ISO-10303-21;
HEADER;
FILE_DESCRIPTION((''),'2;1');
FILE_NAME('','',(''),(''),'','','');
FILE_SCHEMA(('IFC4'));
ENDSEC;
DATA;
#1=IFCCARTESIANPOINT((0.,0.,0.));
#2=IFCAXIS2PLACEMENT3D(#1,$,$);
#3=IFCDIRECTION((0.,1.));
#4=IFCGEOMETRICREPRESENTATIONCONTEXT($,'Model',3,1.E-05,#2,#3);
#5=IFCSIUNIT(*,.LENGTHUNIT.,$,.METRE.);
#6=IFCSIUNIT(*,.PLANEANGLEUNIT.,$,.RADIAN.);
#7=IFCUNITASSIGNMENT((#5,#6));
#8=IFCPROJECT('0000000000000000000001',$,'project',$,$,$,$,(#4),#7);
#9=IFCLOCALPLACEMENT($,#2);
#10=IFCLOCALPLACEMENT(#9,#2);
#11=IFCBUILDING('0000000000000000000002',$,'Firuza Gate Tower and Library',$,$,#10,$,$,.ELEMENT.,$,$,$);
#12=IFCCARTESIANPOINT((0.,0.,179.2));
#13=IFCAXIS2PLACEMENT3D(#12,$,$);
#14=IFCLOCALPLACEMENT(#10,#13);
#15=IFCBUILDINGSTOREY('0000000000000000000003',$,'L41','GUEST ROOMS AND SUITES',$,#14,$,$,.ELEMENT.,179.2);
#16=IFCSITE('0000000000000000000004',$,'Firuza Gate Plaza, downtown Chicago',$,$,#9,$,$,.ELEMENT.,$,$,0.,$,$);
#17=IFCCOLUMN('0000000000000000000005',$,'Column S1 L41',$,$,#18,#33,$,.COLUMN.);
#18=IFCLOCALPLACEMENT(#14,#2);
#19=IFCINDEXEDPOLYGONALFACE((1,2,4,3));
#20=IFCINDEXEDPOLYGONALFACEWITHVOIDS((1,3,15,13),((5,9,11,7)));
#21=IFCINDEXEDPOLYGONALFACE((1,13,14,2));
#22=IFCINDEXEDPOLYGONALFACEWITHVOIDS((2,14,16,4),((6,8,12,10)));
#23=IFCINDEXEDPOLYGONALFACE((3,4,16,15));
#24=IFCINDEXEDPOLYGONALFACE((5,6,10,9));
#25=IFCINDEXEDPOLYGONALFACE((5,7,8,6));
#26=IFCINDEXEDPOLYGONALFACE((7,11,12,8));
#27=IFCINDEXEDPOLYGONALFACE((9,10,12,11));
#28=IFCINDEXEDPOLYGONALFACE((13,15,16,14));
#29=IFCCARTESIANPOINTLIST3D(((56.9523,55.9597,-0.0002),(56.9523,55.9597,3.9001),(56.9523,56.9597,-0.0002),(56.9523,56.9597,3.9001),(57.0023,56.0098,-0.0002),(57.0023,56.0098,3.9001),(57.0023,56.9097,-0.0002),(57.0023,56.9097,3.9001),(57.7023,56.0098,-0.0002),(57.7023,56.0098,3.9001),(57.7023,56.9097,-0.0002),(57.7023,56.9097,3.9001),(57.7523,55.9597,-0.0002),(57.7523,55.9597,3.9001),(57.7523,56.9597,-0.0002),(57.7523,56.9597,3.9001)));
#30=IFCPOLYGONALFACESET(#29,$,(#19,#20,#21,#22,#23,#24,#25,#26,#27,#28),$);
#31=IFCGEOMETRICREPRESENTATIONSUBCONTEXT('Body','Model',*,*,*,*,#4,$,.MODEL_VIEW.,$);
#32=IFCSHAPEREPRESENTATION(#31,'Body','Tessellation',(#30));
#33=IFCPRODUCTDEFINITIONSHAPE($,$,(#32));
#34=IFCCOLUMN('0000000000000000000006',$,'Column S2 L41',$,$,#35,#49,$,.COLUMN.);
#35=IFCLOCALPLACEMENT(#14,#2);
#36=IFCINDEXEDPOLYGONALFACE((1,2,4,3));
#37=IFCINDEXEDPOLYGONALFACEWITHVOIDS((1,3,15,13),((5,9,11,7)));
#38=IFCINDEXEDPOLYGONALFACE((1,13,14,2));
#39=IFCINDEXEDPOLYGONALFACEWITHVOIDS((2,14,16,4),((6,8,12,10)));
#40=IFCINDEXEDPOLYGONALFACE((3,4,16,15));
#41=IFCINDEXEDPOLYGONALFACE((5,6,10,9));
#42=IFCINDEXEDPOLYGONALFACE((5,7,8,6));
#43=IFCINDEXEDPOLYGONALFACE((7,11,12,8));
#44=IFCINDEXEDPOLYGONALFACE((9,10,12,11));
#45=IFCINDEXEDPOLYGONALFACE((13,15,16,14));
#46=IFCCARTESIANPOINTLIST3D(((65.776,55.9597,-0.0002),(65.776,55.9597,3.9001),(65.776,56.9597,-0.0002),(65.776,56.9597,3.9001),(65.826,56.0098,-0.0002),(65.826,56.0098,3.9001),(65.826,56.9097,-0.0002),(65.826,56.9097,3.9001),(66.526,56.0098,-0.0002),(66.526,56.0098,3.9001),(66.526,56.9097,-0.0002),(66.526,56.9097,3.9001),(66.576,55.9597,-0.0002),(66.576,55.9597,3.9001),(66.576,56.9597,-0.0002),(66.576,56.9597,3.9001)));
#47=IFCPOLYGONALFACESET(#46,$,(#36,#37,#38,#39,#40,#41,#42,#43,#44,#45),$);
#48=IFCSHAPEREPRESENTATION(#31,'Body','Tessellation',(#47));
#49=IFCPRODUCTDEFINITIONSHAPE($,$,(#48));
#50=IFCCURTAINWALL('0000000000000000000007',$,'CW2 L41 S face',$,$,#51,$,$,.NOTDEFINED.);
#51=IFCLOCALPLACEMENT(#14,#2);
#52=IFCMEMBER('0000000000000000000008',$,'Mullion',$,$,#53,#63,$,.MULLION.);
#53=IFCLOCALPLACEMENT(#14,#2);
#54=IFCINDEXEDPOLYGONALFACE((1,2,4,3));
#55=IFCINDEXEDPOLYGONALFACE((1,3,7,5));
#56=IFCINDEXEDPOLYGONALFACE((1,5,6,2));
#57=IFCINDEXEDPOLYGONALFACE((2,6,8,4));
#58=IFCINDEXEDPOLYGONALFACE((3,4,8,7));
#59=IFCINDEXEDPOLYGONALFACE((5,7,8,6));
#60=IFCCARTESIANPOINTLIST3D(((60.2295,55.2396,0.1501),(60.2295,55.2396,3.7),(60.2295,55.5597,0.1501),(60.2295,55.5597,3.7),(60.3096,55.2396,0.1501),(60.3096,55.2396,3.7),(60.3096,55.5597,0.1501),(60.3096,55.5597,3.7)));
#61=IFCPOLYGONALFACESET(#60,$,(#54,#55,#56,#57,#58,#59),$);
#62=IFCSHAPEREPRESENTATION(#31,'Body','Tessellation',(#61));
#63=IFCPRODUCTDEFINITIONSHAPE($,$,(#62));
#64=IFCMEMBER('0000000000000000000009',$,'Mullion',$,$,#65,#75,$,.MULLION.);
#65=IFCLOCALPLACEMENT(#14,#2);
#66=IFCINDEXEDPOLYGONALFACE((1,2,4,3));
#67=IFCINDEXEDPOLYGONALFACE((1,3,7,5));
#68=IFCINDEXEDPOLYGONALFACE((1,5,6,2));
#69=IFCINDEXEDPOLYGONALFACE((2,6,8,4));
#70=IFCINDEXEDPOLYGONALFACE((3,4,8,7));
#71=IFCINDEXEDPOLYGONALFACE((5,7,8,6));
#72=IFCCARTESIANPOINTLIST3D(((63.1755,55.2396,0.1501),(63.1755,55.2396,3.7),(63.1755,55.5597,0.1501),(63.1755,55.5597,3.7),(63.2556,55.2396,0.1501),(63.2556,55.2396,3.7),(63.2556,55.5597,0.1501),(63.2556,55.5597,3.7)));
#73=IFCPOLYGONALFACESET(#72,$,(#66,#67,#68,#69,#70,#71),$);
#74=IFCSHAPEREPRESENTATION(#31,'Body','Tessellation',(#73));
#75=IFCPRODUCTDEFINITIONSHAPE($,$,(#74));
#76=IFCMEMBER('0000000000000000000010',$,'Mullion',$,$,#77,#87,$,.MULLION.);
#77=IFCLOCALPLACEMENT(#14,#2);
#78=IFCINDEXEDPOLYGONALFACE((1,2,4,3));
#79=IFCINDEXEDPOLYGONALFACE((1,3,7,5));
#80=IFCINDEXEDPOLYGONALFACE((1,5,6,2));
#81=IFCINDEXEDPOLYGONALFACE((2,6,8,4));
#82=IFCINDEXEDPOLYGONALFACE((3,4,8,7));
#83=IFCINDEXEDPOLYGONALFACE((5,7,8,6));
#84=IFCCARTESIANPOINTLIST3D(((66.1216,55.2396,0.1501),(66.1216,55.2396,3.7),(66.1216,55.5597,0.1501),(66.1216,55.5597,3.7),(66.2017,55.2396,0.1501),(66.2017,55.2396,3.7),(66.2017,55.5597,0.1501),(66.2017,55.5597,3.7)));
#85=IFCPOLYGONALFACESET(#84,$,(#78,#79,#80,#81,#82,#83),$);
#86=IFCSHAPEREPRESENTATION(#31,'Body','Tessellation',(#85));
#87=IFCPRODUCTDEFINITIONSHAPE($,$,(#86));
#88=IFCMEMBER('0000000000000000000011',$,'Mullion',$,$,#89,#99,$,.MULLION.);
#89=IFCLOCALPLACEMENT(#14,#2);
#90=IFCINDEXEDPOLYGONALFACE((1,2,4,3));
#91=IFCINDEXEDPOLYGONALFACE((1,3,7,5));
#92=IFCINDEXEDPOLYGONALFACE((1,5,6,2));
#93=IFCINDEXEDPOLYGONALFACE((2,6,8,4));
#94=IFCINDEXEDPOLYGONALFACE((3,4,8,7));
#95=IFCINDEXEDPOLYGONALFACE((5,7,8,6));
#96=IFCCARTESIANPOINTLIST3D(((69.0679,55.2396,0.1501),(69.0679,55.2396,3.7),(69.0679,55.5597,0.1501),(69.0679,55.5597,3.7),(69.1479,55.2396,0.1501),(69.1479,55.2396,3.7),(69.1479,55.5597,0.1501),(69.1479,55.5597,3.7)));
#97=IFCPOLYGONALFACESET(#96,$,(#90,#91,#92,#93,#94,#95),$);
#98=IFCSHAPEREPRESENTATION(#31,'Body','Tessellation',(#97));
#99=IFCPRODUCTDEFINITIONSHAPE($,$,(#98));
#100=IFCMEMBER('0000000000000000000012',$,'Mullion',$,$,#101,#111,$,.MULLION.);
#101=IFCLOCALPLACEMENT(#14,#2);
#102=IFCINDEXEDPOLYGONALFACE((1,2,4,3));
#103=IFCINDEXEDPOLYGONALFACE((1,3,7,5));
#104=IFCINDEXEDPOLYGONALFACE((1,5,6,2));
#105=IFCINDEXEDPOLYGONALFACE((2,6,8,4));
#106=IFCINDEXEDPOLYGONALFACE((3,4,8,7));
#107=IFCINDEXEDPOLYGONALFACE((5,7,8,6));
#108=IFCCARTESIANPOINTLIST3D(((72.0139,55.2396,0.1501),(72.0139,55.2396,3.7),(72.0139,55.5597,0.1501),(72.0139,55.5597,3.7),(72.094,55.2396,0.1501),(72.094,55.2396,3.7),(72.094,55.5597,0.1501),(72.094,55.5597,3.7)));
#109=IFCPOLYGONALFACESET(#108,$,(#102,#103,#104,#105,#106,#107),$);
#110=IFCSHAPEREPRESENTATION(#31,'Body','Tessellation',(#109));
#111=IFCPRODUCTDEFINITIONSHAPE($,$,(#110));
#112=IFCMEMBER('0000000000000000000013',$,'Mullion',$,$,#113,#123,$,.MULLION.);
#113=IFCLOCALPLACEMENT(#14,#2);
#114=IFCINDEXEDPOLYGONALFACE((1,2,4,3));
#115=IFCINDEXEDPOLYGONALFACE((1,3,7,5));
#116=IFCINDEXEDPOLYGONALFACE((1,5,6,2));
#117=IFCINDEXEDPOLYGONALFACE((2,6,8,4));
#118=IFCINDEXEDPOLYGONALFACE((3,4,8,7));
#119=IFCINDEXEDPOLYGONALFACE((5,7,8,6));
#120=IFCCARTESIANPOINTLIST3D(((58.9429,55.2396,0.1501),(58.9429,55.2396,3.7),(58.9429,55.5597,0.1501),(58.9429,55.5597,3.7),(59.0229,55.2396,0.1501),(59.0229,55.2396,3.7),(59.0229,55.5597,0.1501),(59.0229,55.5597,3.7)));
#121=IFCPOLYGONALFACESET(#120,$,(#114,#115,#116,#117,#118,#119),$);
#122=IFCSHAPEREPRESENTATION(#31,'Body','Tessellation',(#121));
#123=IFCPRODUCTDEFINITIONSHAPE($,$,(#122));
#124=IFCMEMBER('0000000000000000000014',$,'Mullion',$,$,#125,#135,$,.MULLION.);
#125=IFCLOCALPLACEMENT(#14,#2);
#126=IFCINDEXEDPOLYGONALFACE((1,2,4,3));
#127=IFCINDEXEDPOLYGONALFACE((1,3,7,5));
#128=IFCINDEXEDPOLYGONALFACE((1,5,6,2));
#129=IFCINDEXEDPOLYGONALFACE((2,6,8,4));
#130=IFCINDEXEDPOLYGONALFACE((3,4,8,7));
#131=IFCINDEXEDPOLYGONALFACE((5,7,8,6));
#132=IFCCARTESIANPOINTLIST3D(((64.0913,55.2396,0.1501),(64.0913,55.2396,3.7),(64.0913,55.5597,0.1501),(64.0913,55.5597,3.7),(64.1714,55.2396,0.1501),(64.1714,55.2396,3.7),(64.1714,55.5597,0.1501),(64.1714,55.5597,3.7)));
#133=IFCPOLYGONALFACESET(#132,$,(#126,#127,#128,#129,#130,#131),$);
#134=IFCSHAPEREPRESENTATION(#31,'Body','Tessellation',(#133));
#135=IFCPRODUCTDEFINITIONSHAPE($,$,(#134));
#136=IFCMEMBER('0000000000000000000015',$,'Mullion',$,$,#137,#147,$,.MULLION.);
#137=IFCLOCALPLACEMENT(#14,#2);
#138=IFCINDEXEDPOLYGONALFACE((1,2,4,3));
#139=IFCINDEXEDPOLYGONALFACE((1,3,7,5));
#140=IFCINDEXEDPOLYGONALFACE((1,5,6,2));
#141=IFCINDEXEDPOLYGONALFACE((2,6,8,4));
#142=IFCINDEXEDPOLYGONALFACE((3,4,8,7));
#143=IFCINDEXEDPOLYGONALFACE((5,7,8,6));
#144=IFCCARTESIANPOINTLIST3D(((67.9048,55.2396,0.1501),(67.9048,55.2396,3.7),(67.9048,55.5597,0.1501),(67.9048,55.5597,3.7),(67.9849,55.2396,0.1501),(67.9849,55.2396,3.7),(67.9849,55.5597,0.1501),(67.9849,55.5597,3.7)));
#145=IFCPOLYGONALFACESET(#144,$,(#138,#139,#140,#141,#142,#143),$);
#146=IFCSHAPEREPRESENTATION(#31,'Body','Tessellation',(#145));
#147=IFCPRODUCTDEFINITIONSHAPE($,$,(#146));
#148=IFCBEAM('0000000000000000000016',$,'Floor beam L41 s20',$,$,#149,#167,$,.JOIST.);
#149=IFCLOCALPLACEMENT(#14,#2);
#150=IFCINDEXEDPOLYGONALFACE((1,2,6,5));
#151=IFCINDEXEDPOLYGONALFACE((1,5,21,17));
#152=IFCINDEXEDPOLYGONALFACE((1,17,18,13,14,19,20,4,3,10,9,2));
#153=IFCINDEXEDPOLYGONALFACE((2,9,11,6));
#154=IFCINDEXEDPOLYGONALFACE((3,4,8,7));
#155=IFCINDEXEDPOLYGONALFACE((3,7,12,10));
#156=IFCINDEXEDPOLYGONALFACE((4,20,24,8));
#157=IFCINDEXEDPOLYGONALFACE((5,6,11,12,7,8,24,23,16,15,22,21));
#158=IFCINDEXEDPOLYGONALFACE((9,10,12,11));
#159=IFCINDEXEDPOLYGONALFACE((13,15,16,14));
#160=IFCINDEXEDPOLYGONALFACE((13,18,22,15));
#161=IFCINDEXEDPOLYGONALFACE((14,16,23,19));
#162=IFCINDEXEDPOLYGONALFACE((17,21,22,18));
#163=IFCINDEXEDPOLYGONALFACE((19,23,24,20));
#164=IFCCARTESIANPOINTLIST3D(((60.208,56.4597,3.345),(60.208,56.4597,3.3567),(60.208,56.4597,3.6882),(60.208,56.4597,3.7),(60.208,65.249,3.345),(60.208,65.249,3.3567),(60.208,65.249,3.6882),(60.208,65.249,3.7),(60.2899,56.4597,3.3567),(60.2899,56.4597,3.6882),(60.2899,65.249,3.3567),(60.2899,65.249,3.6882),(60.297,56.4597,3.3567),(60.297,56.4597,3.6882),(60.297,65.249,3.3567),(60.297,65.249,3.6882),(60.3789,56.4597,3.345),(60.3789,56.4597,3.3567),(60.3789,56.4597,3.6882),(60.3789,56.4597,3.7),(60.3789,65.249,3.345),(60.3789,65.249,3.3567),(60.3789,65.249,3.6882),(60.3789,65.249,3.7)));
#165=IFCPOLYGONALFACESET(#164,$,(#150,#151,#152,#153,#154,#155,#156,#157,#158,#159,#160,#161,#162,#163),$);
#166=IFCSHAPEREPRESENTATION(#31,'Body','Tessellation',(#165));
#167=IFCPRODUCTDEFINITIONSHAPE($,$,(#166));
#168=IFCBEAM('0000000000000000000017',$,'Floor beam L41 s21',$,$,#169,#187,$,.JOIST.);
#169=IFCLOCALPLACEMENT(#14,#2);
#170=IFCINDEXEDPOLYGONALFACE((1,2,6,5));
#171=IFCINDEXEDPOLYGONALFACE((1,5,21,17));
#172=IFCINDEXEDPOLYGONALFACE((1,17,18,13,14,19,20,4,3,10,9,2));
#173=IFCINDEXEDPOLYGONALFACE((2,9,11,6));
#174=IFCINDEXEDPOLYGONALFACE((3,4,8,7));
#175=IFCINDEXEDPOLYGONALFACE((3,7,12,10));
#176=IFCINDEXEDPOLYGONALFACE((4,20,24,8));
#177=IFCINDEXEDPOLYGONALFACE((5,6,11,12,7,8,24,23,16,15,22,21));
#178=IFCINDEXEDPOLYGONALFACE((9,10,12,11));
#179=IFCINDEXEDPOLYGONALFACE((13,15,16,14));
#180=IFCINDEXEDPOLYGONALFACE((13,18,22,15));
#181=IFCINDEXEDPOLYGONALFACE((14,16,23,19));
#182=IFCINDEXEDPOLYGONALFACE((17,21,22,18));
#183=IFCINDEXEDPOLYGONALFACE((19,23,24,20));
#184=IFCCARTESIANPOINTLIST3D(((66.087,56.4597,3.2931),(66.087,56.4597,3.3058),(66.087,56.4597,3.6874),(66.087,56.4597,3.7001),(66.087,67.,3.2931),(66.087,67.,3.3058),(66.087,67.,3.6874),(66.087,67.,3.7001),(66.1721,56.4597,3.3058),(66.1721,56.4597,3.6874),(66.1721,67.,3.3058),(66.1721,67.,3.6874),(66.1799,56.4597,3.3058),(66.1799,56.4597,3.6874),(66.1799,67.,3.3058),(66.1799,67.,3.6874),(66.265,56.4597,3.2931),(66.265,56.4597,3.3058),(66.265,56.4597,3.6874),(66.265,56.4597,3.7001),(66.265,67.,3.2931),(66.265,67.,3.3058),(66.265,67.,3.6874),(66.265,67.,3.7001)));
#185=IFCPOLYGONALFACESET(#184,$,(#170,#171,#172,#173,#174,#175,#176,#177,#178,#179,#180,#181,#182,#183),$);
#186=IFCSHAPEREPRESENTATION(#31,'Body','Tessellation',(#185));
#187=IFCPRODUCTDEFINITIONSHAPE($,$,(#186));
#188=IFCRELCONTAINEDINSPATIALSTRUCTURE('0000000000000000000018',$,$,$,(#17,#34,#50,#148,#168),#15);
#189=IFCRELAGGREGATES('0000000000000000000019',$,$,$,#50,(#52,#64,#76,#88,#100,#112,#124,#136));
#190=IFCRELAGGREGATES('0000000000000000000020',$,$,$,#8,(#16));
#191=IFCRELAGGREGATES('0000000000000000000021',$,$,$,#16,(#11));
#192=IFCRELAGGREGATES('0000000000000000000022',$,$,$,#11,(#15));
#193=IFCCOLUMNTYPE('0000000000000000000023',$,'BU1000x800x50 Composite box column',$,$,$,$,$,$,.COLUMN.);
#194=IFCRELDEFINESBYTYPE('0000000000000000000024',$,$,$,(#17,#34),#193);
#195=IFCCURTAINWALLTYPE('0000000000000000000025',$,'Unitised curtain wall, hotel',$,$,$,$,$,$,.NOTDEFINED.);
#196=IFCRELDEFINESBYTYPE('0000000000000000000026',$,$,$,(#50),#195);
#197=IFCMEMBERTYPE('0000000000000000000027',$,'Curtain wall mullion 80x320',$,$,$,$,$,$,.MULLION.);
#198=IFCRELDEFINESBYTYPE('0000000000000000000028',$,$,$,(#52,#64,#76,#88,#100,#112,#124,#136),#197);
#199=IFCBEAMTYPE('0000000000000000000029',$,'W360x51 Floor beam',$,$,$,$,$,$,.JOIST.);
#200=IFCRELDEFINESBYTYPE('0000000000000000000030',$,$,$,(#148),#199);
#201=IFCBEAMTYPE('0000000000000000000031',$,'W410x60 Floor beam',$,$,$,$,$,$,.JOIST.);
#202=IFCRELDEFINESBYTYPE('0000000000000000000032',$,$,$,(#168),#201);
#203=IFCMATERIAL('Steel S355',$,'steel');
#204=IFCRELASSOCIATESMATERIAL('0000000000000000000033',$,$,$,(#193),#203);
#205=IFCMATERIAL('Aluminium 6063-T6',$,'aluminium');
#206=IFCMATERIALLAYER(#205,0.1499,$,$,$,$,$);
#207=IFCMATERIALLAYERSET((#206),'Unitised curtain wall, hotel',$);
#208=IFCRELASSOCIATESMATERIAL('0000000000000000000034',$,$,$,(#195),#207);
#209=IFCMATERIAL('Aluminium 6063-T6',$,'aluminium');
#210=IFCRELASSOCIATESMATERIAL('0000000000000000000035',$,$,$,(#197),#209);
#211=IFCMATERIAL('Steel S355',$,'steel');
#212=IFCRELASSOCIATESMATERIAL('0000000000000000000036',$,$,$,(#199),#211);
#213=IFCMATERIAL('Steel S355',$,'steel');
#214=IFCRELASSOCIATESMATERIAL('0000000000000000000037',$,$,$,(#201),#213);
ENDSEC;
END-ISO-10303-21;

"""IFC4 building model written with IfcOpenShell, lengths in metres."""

from ifc_helpers import new_model, si_unit, direction, frame, origin, origin_2d, place, context, subcontext, project, spatial, rectangle, hollow_rectangle, i_section, extrude, material, layer, layer_set, material_profile, profile_set, type_object, element, aggregate, save


model = new_model("IFC4")

# Units and contexts
model_context = context("Model", 3, precision=1e-05, world=origin(), true_north=direction((0.0, 1.0)))
body_context = subcontext(model_context, "Body", "Model", "MODEL_VIEW")
ifc_project = project(units=[si_unit("LENGTHUNIT", "METRE"), si_unit("PLANEANGLEUNIT", "RADIAN")], contexts=[model_context])

# Site, building, storey
site_placement = place(None, origin())
site = spatial("IfcSite", under=ifc_project, at=site_placement, Name="Firuza Gate Plaza, downtown Chicago", CompositionType="ELEMENT", RefElevation=0.0)
building_placement = place(site_placement, origin())
building = spatial("IfcBuilding", under=site, at=building_placement, Name="Firuza Gate Tower and Library", CompositionType="ELEMENT")
storey_placement = place(building_placement, frame((0.0, 0.0, 179.2)))
storey = spatial("IfcBuildingStorey", under=building, at=storey_placement, Name="L41", Description="GUEST ROOMS AND SUITES", CompositionType="ELEMENT", Elevation=179.2)

# Columns
ifc_material_1 = material(Name="Steel S355", Category="steel")
ifc_material_profile_1 = material_profile(ifc_material_1, hollow_rectangle(XDim=0.8, YDim=1.0, WallThickness=0.05, at=origin_2d()))
ifc_profile_set_1 = profile_set([ifc_material_profile_1], Name="Steel S355")
column_type = type_object("IfcColumnType", Name="BU1000x800x50 Composite box column", PredefinedType="COLUMN", material=ifc_profile_set_1)
for number, where, z_axis, x_axis, name in (
    (1, (57.3523, 56.4597, -0.0002), (0.0, 0.0, 1.0), (1.0, 0.0, 0.0), "Column S1 L41"),
    (2, (66.176, 56.4597, -0.0002), (0.0, 0.0, 1.0), (1.0, 0.0, 0.0), "Column S2 L41"),
):
    element("IfcColumn", number, at=place(storey_placement, frame(where, z_axis=z_axis, x_axis=x_axis)), inside=storey, type_object=column_type, Name=name, PredefinedType="COLUMN", context=body_context, shape_type="SweptSolid", body=[
        extrude(hollow_rectangle(XDim=0.8, YDim=1.0, WallThickness=0.05, at=origin_2d()), origin(), (0.0, 0.0, 1.0), 3.9004),
    ])

# Curtain wall, members
ifc_material_2 = material(Name="Aluminium 6063-T6", Category="aluminium")
ifc_layer_1 = layer(ifc_material_2, 0.1499)
ifc_layer_set_1 = layer_set([ifc_layer_1], Name="Unitised curtain wall, hotel")
curtain_wall_type = type_object("IfcCurtainWallType", Name="Unitised curtain wall, hotel", PredefinedType="NOTDEFINED", material=ifc_layer_set_1)
curtain_wall_placement = place(storey_placement, origin())
curtain_wall = element("IfcCurtainWall", 3, at=curtain_wall_placement, inside=storey, type_object=curtain_wall_type, Name="CW2 L41 S face", PredefinedType="NOTDEFINED")
ifc_material_3 = material(Name="Aluminium 6063-T6", Category="aluminium")
ifc_material_profile_2 = material_profile(ifc_material_3, rectangle(XDim=0.3201, YDim=0.0801, at=origin_2d()))
ifc_profile_set_2 = profile_set([ifc_material_profile_2], Name="Aluminium 6063-T6")
member_type = type_object("IfcMemberType", Name="Curtain wall mullion 80x320", PredefinedType="MULLION", material=ifc_profile_set_2)
member_1_placement = place(storey_placement, frame((60.2695, 55.3997, 0.1501), z_axis=(0.0, 0.0, 1.0), x_axis=(0.0, 1.0, 0.0)))
member_1 = element("IfcMember", 4, at=member_1_placement, type_object=member_type, Name="Mullion", PredefinedType="MULLION", context=body_context, shape_type="SweptSolid", body=[
    extrude(rectangle(XDim=0.3201, YDim=0.0801, at=origin_2d()), origin(), (0.0, 0.0, 1.0), 3.5498),
])
member_2_placement = place(storey_placement, frame((63.2156, 55.3997, 0.1501), z_axis=(0.0, 0.0, 1.0), x_axis=(0.0, 1.0, 0.0)))
member_2 = element("IfcMember", 5, at=member_2_placement, type_object=member_type, Name="Mullion", PredefinedType="MULLION", context=body_context, shape_type="SweptSolid", body=[
    extrude(rectangle(XDim=0.3201, YDim=0.0801, at=origin_2d()), origin(), (0.0, 0.0, 1.0), 3.5498),
])
member_3_placement = place(storey_placement, frame((66.1616, 55.3997, 0.1501), z_axis=(0.0, 0.0, 1.0), x_axis=(0.0, 1.0, 0.0)))
member_3 = element("IfcMember", 6, at=member_3_placement, type_object=member_type, Name="Mullion", PredefinedType="MULLION", context=body_context, shape_type="SweptSolid", body=[
    extrude(rectangle(XDim=0.3201, YDim=0.0801, at=origin_2d()), origin(), (0.0, 0.0, 1.0), 3.5498),
])
member_4_placement = place(storey_placement, frame((69.1079, 55.3997, 0.1501), z_axis=(0.0, 0.0, 1.0), x_axis=(0.0, 1.0, 0.0)))
member_4 = element("IfcMember", 7, at=member_4_placement, type_object=member_type, Name="Mullion", PredefinedType="MULLION", context=body_context, shape_type="SweptSolid", body=[
    extrude(rectangle(XDim=0.3201, YDim=0.0801, at=origin_2d()), origin(), (0.0, 0.0, 1.0), 3.5498),
])
member_5_placement = place(storey_placement, frame((72.054, 55.3997, 0.1501), z_axis=(0.0, 0.0, 1.0), x_axis=(0.0, 1.0, 0.0)))
member_5 = element("IfcMember", 8, at=member_5_placement, type_object=member_type, Name="Mullion", PredefinedType="MULLION", context=body_context, shape_type="SweptSolid", body=[
    extrude(rectangle(XDim=0.3201, YDim=0.0801, at=origin_2d()), origin(), (0.0, 0.0, 1.0), 3.5498),
])
member_6_placement = place(storey_placement, frame((58.9829, 55.3997, 0.1501), z_axis=(0.0, 0.0, 1.0), x_axis=(0.0, 1.0, 0.0)))
member_6 = element("IfcMember", 9, at=member_6_placement, type_object=member_type, Name="Mullion", PredefinedType="MULLION", context=body_context, shape_type="SweptSolid", body=[
    extrude(rectangle(XDim=0.3201, YDim=0.0801, at=origin_2d()), origin(), (0.0, 0.0, 1.0), 3.5498),
])
member_7_placement = place(storey_placement, frame((64.1313, 55.3997, 0.1501), z_axis=(0.0, 0.0, 1.0), x_axis=(0.0, 1.0, 0.0)))
member_7 = element("IfcMember", 10, at=member_7_placement, type_object=member_type, Name="Mullion", PredefinedType="MULLION", context=body_context, shape_type="SweptSolid", body=[
    extrude(rectangle(XDim=0.3201, YDim=0.0801, at=origin_2d()), origin(), (0.0, 0.0, 1.0), 3.5498),
])
member_8_placement = place(storey_placement, frame((67.9448, 55.3997, 0.1501), z_axis=(0.0, 0.0, 1.0), x_axis=(0.0, 1.0, 0.0)))
member_8 = element("IfcMember", 11, at=member_8_placement, type_object=member_type, Name="Mullion", PredefinedType="MULLION", context=body_context, shape_type="SweptSolid", body=[
    extrude(rectangle(XDim=0.3201, YDim=0.0801, at=origin_2d()), origin(), (0.0, 0.0, 1.0), 3.5498),
])

# Beams
ifc_material_4 = material(Name="Steel S355", Category="steel")
ifc_material_profile_3 = material_profile(ifc_material_4, i_section(OverallWidth=0.1709, OverallDepth=0.355, WebThickness=0.0071, FlangeThickness=0.0117, at=origin_2d()))
ifc_profile_set_3 = profile_set([ifc_material_profile_3], Name="Steel S355")
beam_type_1 = type_object("IfcBeamType", Name="W360x51 Floor beam", PredefinedType="JOIST", material=ifc_profile_set_3)
beam_1_placement = place(storey_placement, frame((60.2935, 56.4597, 3.5225), z_axis=(0.0, 1.0, 0.0), x_axis=(-1.0, 0.0, 0.0)))
element("IfcBeam", 12, at=beam_1_placement, inside=storey, type_object=beam_type_1, Name="Floor beam L41 s20", PredefinedType="JOIST", context=body_context, shape_type="SweptSolid", body=[
    extrude(i_section(OverallWidth=0.1709, OverallDepth=0.355, WebThickness=0.0071, FlangeThickness=0.0117, at=origin_2d()), origin(), (0.0, 0.0, 1.0), 8.7893),
])
ifc_material_5 = material(Name="Steel S355", Category="steel")
ifc_material_profile_4 = material_profile(ifc_material_5, i_section(OverallWidth=0.178, OverallDepth=0.407, WebThickness=0.0078, FlangeThickness=0.0127, at=origin_2d()))
ifc_profile_set_4 = profile_set([ifc_material_profile_4], Name="Steel S355")
beam_type_2 = type_object("IfcBeamType", Name="W410x60 Floor beam", PredefinedType="JOIST", material=ifc_profile_set_4)
for number, where, z_axis, x_axis, name in (
    (13, (66.176, 56.4597, 3.4966), (0.0, 1.0, 0.0), (-1.0, 0.0, 0.0), "Floor beam L41 s21"),
):
    element("IfcBeam", number, at=place(storey_placement, frame(where, z_axis=z_axis, x_axis=x_axis)), inside=storey, type_object=beam_type_2, Name=name, PredefinedType="JOIST", context=body_context, shape_type="SweptSolid", body=[
        extrude(i_section(OverallWidth=0.178, OverallDepth=0.407, WebThickness=0.0078, FlangeThickness=0.0127, at=origin_2d()), origin(), (0.0, 0.0, 1.0), 10.5403),
    ])

aggregate(curtain_wall, [member_1, member_2, member_3, member_4, member_5, member_6, member_7, member_8])

save(model, "model.ifc")
